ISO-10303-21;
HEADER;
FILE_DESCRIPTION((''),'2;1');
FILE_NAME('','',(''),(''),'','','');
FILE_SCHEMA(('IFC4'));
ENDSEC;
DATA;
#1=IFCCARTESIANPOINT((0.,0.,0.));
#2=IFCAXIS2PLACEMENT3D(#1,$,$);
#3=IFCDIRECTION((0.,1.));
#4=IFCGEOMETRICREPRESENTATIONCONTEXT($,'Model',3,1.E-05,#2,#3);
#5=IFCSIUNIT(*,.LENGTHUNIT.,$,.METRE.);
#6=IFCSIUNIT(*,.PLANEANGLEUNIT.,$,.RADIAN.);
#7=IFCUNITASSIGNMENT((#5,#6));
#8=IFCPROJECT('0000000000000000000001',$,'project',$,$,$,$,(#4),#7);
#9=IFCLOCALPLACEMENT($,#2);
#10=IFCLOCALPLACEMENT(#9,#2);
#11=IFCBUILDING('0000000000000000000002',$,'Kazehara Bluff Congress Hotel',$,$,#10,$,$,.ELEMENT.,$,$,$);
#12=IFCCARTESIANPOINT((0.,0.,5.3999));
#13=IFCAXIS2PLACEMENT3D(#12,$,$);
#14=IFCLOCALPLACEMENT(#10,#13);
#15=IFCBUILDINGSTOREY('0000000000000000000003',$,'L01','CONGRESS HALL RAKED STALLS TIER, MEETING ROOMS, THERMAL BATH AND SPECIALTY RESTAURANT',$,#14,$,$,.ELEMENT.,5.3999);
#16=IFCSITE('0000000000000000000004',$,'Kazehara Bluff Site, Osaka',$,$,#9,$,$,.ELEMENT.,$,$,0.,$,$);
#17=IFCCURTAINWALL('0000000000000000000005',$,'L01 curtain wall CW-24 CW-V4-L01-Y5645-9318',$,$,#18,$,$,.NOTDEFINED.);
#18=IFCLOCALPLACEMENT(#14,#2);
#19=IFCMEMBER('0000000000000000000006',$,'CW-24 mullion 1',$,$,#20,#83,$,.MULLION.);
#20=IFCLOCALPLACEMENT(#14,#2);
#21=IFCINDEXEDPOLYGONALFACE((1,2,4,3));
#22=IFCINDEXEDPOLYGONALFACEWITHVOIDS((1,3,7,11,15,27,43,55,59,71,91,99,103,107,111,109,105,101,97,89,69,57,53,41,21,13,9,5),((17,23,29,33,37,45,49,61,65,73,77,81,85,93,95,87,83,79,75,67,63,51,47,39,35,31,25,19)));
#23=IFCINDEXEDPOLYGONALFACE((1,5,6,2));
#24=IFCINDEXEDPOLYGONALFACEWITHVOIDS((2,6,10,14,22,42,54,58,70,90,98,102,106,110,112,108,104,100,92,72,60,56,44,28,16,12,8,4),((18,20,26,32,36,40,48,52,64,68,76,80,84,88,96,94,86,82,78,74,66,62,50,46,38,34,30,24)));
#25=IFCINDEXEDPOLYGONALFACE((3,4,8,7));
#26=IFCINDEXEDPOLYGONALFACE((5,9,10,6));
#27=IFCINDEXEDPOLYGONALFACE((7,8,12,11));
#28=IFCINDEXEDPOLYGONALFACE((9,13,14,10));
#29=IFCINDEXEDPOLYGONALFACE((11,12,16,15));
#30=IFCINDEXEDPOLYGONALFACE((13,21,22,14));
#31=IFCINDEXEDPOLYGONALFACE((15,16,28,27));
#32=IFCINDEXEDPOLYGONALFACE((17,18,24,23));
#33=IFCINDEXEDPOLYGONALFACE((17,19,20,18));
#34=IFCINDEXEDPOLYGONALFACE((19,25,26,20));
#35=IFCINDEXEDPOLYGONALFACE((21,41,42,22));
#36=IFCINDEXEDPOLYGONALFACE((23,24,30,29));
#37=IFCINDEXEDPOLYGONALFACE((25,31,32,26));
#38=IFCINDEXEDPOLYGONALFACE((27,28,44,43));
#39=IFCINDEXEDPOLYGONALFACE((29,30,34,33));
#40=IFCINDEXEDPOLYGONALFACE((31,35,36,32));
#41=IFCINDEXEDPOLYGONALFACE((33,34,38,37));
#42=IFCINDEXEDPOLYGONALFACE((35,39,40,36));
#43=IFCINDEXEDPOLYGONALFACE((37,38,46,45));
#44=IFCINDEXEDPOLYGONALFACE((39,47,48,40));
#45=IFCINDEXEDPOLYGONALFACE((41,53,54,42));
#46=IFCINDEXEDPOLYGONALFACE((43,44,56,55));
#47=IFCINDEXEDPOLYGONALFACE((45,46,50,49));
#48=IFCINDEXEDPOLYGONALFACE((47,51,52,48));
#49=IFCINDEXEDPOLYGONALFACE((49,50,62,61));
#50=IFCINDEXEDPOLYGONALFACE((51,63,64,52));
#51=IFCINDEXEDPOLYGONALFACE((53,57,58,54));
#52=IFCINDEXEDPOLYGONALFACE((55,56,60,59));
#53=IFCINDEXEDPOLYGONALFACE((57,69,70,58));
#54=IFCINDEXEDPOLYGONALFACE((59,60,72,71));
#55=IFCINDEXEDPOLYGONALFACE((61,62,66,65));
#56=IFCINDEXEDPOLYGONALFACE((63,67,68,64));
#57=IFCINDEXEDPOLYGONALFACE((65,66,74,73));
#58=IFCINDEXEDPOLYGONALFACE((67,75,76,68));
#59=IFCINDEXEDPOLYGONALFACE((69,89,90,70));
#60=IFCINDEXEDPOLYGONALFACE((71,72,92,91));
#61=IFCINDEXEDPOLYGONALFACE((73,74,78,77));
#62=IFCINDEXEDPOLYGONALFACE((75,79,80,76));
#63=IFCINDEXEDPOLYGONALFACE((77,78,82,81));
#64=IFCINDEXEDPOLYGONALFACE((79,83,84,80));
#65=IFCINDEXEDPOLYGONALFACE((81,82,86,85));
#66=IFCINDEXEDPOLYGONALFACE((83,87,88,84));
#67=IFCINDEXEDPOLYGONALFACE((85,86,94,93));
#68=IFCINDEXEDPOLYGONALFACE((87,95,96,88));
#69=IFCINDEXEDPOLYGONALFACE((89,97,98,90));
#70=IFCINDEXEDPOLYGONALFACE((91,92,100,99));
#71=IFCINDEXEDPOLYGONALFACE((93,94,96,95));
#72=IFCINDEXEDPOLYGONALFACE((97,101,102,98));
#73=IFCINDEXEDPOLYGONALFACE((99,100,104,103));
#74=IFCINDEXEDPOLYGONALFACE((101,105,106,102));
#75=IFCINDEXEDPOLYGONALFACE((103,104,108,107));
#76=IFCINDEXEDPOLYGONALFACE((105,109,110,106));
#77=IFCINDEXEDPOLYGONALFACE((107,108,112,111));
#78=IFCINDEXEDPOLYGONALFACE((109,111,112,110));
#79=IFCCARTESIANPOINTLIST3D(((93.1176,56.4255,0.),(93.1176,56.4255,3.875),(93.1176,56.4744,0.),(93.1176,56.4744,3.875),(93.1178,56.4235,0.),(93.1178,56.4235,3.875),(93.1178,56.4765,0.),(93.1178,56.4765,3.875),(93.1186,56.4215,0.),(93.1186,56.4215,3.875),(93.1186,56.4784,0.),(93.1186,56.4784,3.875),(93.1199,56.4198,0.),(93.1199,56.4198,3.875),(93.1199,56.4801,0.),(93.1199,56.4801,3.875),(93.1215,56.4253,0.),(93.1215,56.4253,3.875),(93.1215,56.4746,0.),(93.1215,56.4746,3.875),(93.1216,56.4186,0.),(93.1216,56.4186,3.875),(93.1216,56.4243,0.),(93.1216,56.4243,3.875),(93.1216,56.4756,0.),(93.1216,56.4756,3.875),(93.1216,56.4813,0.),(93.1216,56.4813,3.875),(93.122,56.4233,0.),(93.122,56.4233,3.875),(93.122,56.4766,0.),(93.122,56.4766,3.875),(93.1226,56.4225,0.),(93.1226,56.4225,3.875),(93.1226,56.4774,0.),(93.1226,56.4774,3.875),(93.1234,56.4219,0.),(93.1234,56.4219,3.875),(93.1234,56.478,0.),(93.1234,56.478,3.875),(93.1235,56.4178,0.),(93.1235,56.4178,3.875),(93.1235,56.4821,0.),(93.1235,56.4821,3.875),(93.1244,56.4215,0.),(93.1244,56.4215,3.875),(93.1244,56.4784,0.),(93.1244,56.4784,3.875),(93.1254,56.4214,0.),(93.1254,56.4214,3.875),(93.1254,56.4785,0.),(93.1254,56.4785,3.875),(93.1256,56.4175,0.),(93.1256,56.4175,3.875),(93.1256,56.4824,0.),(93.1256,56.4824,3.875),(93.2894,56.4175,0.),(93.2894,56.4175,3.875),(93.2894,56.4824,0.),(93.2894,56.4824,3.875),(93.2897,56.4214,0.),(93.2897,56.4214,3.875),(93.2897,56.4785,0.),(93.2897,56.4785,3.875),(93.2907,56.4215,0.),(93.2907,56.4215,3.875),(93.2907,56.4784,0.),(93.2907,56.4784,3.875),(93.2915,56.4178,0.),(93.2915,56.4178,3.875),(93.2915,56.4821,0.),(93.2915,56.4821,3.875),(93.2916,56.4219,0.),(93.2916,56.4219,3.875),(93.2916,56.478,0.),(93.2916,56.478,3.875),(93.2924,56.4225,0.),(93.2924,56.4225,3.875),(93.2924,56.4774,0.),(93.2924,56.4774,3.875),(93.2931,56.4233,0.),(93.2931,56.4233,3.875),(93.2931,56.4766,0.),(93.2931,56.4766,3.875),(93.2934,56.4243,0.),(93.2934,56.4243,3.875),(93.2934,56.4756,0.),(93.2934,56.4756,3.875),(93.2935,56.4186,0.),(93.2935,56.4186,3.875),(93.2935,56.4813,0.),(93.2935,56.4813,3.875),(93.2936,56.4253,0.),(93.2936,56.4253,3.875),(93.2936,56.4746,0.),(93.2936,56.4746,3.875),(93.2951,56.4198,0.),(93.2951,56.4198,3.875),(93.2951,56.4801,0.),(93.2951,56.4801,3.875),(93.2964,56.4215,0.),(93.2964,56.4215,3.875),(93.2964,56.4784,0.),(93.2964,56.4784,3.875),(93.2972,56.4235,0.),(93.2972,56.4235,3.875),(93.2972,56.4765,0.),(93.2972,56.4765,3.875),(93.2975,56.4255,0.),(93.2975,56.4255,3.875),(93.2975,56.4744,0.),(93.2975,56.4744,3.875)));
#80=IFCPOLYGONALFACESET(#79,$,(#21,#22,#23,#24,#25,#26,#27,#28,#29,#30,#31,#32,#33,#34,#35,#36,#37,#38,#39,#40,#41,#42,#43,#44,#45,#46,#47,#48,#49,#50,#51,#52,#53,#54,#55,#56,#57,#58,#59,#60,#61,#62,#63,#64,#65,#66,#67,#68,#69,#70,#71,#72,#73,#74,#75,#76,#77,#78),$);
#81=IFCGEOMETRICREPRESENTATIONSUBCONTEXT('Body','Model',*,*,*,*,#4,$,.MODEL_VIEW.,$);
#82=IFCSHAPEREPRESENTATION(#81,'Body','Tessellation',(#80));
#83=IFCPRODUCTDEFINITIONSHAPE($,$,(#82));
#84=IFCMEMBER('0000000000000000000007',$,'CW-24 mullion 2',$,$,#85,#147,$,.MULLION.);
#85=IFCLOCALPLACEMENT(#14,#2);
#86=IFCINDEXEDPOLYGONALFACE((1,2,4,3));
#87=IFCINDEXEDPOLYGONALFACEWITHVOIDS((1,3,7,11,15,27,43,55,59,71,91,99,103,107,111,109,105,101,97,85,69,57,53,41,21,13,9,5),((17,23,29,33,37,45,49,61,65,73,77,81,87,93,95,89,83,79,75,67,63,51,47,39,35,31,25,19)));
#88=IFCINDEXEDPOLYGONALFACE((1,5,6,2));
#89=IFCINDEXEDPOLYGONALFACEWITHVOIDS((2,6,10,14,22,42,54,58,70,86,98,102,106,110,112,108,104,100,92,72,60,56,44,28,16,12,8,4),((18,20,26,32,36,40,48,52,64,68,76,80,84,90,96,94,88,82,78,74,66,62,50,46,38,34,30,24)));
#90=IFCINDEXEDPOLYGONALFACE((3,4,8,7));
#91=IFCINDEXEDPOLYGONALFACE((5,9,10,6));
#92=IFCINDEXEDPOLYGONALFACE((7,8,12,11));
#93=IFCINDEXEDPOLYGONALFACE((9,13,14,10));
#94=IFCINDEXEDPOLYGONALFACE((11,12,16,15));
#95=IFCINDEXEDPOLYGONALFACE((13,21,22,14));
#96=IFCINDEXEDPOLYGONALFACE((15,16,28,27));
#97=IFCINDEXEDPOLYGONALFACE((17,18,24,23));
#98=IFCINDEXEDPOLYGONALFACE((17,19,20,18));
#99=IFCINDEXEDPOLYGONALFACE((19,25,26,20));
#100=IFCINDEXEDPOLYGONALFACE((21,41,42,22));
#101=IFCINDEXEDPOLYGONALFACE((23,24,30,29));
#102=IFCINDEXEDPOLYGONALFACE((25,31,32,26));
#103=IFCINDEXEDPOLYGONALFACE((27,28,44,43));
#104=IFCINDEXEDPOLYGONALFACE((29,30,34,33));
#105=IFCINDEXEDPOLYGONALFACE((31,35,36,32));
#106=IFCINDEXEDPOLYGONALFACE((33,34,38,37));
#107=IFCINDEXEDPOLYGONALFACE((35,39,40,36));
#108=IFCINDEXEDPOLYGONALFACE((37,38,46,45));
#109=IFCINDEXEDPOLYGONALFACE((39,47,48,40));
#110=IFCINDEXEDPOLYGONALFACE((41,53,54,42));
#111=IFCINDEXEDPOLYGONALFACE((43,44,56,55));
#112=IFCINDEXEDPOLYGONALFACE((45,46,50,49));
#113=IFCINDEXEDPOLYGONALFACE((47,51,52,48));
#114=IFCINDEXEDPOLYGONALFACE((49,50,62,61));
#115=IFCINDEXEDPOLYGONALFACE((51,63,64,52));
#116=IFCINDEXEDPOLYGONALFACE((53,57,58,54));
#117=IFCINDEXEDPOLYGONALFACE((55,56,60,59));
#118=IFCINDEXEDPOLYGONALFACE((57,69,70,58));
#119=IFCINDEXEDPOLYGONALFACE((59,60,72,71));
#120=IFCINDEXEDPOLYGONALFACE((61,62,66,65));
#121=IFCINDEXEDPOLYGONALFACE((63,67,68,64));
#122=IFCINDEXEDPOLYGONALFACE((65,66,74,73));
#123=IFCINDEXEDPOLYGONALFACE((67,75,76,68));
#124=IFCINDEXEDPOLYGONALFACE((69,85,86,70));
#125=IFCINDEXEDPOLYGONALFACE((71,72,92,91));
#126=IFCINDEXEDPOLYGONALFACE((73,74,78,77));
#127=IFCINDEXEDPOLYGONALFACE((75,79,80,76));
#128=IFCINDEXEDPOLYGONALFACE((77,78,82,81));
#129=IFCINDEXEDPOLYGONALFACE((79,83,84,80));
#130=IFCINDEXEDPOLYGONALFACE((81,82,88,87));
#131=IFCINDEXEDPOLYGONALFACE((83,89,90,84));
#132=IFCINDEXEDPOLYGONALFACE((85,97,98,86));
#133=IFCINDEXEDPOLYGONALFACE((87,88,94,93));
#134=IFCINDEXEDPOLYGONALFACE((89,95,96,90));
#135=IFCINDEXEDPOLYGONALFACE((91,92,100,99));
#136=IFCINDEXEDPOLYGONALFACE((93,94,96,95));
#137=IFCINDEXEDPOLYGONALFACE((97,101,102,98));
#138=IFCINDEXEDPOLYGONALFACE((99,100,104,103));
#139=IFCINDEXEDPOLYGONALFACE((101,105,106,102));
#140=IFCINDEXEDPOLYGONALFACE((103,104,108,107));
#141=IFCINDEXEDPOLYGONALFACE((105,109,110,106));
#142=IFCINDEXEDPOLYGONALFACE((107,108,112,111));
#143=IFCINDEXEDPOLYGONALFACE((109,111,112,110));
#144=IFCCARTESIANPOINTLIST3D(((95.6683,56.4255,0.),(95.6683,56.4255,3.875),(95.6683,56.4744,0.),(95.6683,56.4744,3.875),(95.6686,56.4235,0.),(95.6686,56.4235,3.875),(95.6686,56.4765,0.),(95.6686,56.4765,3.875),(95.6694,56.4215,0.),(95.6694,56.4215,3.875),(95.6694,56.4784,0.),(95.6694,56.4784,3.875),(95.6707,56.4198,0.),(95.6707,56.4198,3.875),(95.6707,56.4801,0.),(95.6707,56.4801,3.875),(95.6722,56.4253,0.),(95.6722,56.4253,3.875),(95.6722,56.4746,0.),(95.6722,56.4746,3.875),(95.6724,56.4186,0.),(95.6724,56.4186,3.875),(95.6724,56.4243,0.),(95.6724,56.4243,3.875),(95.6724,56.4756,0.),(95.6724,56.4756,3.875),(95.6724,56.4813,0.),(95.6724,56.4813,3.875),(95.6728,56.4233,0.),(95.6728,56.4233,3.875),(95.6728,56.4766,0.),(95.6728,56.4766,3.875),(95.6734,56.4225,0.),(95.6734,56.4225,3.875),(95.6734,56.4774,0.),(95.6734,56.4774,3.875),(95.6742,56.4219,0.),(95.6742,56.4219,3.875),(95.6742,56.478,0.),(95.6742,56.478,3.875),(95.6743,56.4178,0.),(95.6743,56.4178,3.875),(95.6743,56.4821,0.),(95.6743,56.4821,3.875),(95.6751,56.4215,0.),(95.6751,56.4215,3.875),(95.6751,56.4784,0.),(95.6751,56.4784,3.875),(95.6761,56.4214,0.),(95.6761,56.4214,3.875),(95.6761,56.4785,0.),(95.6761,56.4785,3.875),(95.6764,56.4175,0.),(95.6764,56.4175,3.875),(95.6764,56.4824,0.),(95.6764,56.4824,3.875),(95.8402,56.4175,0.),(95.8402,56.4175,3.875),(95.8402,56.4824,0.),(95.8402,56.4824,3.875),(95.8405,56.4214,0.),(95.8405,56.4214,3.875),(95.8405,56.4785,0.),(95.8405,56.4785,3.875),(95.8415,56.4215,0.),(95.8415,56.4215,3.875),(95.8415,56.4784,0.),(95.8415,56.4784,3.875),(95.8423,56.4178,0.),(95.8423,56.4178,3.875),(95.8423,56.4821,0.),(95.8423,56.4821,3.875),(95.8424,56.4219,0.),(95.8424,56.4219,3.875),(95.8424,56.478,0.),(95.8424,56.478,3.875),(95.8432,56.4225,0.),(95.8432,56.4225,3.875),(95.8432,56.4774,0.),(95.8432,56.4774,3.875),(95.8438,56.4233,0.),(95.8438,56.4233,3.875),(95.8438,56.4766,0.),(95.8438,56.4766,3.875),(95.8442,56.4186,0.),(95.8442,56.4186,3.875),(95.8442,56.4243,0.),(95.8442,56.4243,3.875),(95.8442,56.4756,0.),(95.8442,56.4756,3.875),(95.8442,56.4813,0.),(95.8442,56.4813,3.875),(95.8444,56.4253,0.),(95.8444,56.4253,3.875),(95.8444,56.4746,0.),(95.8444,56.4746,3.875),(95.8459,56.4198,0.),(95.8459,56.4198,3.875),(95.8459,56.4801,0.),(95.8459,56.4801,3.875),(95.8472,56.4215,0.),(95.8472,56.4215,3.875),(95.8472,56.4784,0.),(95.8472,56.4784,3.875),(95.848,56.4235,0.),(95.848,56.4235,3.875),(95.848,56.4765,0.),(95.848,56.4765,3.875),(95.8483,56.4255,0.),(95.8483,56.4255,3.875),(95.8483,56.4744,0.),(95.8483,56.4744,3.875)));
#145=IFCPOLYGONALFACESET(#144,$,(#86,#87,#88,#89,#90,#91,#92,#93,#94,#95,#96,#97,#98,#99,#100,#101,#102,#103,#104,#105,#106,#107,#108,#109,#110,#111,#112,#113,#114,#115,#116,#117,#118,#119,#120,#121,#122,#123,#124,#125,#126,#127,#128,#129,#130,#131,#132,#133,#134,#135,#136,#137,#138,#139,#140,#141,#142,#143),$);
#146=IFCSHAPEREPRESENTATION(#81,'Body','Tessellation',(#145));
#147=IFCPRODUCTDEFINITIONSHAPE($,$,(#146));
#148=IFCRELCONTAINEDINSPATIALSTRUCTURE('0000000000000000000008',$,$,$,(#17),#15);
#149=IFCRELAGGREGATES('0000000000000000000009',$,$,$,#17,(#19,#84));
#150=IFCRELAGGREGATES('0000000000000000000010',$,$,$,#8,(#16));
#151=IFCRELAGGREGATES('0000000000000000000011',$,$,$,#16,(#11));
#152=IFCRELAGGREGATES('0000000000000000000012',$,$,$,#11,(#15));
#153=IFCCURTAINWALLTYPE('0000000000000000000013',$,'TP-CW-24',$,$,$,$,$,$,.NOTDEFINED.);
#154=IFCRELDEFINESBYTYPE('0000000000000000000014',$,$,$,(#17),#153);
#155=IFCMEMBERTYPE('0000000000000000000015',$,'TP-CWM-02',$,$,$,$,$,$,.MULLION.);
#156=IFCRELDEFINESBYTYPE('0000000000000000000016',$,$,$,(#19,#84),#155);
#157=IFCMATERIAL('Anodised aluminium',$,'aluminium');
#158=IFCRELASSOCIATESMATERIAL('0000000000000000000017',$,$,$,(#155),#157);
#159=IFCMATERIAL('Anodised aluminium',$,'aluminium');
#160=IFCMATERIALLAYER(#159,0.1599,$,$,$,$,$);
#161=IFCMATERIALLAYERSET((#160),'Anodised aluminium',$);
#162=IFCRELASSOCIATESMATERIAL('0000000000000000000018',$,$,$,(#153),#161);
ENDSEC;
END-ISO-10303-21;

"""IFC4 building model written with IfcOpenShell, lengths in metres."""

from ifc_helpers import new_model, si_unit, direction, frame, origin, origin_2d, place, context, subcontext, project, spatial, hollow_rectangle, extrude, material, layer, layer_set, material_profile, profile_set, type_object, element, aggregate, save


model = new_model("IFC4")

# Units and contexts
model_context = context("Model", 3, precision=1e-05, world=origin(), true_north=direction((0.0, 1.0)))
body_context = subcontext(model_context, "Body", "Model", "MODEL_VIEW")
ifc_project = project(units=[si_unit("LENGTHUNIT", "METRE"), si_unit("PLANEANGLEUNIT", "RADIAN")], contexts=[model_context])

# Site, building, storey
site_placement = place(None, origin())
site = spatial("IfcSite", under=ifc_project, at=site_placement, Name="Kazehara Bluff Site, Osaka", CompositionType="ELEMENT", RefElevation=0.0)
building_placement = place(site_placement, origin())
building = spatial("IfcBuilding", under=site, at=building_placement, Name="Kazehara Bluff Congress Hotel", CompositionType="ELEMENT")
storey_placement = place(building_placement, frame((0.0, 0.0, 5.3999)))
storey = spatial("IfcBuildingStorey", under=building, at=storey_placement, Name="L01", Description="CONGRESS HALL RAKED STALLS TIER, MEETING ROOMS, THERMAL BATH AND SPECIALTY RESTAURANT", CompositionType="ELEMENT", Elevation=5.3999)

# Shared definitions
ifc_material_1 = material(Name="Anodised aluminium", Category="aluminium")
ifc_material_profile_1 = material_profile(ifc_material_1, hollow_rectangle(XDim=0.0649, YDim=0.1799, WallThickness=0.0039, InnerFilletRadius=0.0039, OuterFilletRadius=0.0081, at=origin_2d()))
ifc_profile_set_1 = profile_set([ifc_material_profile_1], Name="Anodised aluminium")
member_type_1 = type_object("IfcMemberType", Name="TP-CWM-02", PredefinedType="MULLION", material=ifc_profile_set_1)

# Curtain wall, members
ifc_material_2 = material(Name="Anodised aluminium", Category="aluminium")
ifc_layer_1 = layer(ifc_material_2, 0.1599)
ifc_layer_set_1 = layer_set([ifc_layer_1], Name="Anodised aluminium")
curtain_wall_type_1 = type_object("IfcCurtainWallType", Name="TP-CW-24", PredefinedType="NOTDEFINED", material=ifc_layer_set_1)
curtain_wall_1_placement = place(storey_placement, origin())
curtain_wall_1 = element("IfcCurtainWall", 1, at=curtain_wall_1_placement, inside=storey, type_object=curtain_wall_type_1, Name="L01 curtain wall CW-24 CW-V4-L01-Y5645-9318", PredefinedType="NOTDEFINED")
member_1_placement = place(storey_placement, frame((93.2075, 56.45, 0.0), z_axis=(0.0, 0.0, 1.0), x_axis=(0.0, 1.0, 0.0)))
member_1 = element("IfcMember", 2, at=member_1_placement, type_object=member_type_1, Name="CW-24 mullion 1", PredefinedType="MULLION", context=body_context, shape_type="SweptSolid", body=[
    extrude(hollow_rectangle(XDim=0.0649, YDim=0.1799, WallThickness=0.0039, InnerFilletRadius=0.0039, OuterFilletRadius=0.0081, at=origin_2d()), origin(), (0.0, 0.0, 1.0), 3.875),
])
member_2_placement = place(storey_placement, frame((95.7583, 56.45, 0.0), z_axis=(0.0, 0.0, 1.0), x_axis=(0.0, 1.0, 0.0)))
member_2 = element("IfcMember", 3, at=member_2_placement, type_object=member_type_1, Name="CW-24 mullion 2", PredefinedType="MULLION", context=body_context, shape_type="SweptSolid", body=[
    extrude(hollow_rectangle(XDim=0.0649, YDim=0.1799, WallThickness=0.0039, InnerFilletRadius=0.0039, OuterFilletRadius=0.0081, at=origin_2d()), origin(), (0.0, 0.0, 1.0), 3.875),
])

aggregate(curtain_wall_1, [member_1, member_2])

save(model, "model.ifc")
